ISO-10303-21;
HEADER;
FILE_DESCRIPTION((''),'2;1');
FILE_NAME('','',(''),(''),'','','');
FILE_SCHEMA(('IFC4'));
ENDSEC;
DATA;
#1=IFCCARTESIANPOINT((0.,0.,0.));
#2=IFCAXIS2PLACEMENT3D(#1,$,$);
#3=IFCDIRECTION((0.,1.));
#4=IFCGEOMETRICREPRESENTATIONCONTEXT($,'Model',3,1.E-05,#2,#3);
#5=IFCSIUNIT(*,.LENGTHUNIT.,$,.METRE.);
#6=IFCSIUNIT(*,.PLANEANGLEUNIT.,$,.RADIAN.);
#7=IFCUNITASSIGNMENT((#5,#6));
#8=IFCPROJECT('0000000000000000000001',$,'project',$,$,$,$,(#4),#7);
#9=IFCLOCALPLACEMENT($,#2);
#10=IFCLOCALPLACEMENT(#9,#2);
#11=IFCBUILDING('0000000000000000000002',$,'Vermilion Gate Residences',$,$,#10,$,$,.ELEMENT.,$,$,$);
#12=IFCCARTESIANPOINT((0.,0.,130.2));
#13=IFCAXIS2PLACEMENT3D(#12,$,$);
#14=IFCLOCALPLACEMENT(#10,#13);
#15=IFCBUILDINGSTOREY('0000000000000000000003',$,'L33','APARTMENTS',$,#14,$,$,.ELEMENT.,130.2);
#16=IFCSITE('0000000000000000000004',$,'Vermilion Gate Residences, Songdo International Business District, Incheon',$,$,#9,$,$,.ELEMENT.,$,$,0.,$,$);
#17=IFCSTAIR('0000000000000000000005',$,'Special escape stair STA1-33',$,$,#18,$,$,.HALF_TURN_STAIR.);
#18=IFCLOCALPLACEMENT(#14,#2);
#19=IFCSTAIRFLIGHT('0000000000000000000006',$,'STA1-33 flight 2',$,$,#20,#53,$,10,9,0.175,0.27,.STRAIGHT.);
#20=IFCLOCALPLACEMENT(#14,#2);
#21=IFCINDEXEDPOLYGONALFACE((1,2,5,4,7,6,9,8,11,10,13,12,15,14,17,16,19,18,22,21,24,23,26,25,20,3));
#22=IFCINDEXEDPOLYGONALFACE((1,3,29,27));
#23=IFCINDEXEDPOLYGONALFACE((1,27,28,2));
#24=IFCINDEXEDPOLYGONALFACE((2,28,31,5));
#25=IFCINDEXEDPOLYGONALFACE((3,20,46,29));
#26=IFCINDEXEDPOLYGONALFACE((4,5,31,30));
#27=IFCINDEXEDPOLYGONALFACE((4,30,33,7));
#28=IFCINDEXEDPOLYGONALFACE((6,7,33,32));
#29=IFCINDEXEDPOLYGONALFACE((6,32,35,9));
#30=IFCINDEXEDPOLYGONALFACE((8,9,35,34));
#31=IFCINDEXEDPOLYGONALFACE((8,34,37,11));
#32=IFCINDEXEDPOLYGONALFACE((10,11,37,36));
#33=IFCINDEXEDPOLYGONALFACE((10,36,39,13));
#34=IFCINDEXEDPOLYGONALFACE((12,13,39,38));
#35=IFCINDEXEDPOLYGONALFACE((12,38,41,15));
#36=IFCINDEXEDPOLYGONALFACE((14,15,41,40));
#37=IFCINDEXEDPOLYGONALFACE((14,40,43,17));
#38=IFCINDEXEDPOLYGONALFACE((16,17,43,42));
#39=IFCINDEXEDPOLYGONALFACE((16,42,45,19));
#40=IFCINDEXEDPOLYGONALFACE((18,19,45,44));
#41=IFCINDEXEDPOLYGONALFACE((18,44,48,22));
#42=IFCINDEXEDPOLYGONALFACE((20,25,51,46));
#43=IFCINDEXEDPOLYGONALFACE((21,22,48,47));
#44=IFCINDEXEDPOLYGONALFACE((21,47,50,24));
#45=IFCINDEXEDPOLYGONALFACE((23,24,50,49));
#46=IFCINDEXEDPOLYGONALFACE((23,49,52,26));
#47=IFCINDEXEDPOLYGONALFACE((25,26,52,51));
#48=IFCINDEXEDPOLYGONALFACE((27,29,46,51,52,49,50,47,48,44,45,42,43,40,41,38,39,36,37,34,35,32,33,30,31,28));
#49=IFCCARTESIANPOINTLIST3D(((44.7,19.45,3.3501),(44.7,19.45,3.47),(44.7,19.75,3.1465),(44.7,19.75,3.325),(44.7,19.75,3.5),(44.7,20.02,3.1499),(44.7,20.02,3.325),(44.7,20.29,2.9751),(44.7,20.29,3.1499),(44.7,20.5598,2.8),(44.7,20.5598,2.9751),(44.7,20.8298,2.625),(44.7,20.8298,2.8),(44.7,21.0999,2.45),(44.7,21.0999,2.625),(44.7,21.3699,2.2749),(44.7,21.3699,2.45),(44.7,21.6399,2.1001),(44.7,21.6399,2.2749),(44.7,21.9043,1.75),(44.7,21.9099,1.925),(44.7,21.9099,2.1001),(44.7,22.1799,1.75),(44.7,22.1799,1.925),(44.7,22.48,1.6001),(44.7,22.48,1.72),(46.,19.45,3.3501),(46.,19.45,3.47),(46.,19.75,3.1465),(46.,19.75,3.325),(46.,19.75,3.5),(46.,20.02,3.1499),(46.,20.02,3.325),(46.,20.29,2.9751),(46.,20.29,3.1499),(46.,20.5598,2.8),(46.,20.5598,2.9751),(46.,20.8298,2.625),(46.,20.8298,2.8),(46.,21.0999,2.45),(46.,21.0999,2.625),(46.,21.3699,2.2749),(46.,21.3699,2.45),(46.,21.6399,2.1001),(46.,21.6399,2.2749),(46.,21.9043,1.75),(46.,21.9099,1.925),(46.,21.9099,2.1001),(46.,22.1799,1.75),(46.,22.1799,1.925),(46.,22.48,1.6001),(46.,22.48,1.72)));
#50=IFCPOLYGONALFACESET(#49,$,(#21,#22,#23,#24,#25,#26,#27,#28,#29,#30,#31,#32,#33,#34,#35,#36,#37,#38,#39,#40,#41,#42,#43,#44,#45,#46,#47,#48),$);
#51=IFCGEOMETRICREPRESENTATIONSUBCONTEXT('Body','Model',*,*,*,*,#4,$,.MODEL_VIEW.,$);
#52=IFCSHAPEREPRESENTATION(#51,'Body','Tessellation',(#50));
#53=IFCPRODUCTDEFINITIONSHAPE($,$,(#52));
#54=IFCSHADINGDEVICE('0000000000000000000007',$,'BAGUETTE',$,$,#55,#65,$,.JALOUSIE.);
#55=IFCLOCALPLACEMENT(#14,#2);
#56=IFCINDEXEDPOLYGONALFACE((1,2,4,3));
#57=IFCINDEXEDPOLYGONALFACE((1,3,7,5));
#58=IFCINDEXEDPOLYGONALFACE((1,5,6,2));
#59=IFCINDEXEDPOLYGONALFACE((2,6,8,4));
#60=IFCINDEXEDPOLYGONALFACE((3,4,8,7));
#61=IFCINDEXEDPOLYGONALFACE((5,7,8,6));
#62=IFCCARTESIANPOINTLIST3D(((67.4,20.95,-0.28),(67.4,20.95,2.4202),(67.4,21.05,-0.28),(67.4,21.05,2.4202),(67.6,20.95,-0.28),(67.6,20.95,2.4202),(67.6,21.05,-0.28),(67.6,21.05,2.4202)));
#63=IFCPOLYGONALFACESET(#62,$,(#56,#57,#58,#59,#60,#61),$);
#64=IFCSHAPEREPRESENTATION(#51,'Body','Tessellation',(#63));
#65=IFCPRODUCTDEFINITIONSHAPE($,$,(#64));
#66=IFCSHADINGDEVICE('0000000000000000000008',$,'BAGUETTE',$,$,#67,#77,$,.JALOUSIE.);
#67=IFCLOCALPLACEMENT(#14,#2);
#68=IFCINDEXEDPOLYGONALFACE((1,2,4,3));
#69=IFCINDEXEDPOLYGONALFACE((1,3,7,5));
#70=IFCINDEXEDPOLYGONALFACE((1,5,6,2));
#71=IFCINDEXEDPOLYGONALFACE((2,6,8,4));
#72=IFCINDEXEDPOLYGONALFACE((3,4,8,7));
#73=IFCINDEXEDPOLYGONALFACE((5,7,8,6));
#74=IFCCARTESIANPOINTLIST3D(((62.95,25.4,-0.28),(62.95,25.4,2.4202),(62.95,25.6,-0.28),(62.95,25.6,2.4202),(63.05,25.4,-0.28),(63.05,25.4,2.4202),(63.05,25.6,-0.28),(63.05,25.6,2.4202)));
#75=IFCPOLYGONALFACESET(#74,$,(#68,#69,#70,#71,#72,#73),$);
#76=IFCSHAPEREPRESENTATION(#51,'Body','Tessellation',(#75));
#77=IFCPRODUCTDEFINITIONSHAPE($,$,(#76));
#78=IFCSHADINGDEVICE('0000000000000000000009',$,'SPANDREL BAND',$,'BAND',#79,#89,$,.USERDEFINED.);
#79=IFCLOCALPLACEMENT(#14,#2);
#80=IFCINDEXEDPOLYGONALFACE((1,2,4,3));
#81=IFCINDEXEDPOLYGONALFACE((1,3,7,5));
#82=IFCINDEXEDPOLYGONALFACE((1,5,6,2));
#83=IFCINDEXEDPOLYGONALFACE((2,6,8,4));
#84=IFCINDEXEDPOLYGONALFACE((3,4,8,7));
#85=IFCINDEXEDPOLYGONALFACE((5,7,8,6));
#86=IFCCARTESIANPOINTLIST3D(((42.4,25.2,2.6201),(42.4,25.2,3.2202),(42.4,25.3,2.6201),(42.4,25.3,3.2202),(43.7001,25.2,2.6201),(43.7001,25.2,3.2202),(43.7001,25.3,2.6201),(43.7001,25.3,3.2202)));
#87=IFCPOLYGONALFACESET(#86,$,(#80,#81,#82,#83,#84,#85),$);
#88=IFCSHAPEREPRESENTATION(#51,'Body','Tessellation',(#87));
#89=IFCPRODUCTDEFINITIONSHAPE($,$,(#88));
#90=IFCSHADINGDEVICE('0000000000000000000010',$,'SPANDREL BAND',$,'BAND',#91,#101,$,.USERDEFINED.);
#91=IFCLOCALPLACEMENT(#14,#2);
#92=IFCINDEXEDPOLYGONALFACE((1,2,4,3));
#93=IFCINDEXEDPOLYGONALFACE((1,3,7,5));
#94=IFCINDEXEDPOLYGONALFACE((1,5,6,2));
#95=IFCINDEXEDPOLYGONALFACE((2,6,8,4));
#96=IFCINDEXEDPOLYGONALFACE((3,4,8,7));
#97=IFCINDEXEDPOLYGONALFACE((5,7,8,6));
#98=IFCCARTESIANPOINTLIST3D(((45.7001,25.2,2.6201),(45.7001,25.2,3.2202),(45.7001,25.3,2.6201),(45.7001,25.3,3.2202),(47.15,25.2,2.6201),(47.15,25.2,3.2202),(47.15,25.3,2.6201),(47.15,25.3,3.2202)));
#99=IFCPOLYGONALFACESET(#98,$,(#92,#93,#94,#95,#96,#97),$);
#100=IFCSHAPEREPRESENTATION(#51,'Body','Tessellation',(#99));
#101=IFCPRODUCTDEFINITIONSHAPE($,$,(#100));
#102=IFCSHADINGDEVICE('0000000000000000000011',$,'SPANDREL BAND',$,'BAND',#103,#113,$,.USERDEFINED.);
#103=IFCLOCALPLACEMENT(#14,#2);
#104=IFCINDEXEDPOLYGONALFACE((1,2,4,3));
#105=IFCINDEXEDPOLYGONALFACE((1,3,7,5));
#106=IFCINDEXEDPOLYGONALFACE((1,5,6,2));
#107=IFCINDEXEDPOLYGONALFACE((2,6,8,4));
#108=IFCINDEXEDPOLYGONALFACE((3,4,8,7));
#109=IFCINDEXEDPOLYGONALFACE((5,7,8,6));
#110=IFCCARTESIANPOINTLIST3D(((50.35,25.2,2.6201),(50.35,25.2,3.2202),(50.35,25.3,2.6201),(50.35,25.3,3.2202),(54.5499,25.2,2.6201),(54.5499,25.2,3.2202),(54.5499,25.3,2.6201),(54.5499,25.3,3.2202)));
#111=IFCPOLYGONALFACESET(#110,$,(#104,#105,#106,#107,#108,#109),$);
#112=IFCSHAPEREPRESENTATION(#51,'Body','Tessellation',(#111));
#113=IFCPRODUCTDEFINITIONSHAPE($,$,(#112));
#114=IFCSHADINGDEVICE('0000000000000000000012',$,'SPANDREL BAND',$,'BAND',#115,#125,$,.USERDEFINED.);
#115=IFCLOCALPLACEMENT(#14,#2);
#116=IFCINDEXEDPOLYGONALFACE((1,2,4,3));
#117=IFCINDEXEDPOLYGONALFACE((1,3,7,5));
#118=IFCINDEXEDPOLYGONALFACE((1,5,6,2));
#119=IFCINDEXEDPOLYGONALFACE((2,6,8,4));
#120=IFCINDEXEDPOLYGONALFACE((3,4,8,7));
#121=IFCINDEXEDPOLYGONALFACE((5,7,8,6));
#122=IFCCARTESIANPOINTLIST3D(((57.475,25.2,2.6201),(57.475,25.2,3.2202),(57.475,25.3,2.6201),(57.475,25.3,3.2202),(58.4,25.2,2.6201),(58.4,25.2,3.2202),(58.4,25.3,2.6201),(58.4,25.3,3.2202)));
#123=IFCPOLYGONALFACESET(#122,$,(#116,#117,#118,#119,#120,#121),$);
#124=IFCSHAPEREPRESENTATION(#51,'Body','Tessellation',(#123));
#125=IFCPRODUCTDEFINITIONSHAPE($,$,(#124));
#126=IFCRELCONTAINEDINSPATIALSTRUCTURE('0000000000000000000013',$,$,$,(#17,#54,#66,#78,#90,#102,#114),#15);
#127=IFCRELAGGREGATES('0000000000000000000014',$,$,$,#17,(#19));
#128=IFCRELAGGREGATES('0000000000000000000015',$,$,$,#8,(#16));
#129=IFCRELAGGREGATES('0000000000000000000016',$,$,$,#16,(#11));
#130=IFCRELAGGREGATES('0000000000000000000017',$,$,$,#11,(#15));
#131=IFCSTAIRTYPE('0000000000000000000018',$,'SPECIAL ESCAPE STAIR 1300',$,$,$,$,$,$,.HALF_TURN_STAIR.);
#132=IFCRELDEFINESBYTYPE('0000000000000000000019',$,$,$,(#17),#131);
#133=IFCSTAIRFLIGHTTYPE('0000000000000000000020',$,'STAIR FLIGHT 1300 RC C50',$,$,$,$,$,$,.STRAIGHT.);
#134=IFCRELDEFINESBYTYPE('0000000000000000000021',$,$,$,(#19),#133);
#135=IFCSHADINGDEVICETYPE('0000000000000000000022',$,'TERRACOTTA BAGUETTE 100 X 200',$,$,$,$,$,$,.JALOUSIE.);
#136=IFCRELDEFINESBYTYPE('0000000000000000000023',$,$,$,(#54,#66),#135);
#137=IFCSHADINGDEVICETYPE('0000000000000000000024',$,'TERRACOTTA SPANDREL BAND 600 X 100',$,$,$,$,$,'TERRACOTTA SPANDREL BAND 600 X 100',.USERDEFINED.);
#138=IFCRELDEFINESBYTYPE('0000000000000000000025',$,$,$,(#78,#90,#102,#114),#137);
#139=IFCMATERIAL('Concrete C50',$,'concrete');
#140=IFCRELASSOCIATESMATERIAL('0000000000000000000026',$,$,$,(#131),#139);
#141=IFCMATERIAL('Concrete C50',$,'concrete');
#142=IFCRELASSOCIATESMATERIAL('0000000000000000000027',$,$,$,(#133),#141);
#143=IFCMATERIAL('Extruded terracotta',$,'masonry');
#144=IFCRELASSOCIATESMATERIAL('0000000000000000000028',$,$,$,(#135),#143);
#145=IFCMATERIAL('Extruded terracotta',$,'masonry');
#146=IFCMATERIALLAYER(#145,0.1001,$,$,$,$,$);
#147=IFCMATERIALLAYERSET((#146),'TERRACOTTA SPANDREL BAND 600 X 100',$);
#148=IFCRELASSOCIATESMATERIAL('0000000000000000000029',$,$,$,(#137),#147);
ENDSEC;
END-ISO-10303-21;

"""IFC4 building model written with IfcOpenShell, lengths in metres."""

from ifc_helpers import new_model, si_unit, direction, frame, origin, origin_2d, place, context, subcontext, project, spatial, polyline, rectangle, outline, extrude, material, layer, layer_set, material_profile, profile_set, type_object, element, aggregate, save


model = new_model("IFC4")

# Units and contexts
model_context = context("Model", 3, precision=1e-05, world=origin(), true_north=direction((0.0, 1.0)))
body_context = subcontext(model_context, "Body", "Model", "MODEL_VIEW")
ifc_project = project(units=[si_unit("LENGTHUNIT", "METRE"), si_unit("PLANEANGLEUNIT", "RADIAN")], contexts=[model_context])

# Site, building, storey
site_placement = place(None, origin())
site = spatial("IfcSite", under=ifc_project, at=site_placement, Name="Vermilion Gate Residences, Songdo International Business District, Incheon", CompositionType="ELEMENT", RefElevation=0.0)
building_placement = place(site_placement, origin())
building = spatial("IfcBuilding", under=site, at=building_placement, Name="Vermilion Gate Residences", CompositionType="ELEMENT")
storey_placement = place(building_placement, frame((0.0, 0.0, 130.2)))
storey = spatial("IfcBuildingStorey", under=building, at=storey_placement, Name="L33", Description="APARTMENTS", CompositionType="ELEMENT", Elevation=130.2)

# Stair, stair flight
ifc_material_1 = material(Name="Concrete C50", Category="concrete")
stair_type = type_object("IfcStairType", Name="SPECIAL ESCAPE STAIR 1300", PredefinedType="HALF_TURN_STAIR", material=ifc_material_1)
stair_placement = place(storey_placement, origin())
stair = element("IfcStair", 1, at=stair_placement, inside=storey, type_object=stair_type, Name="Special escape stair STA1-33", PredefinedType="HALF_TURN_STAIR")
ifc_material_2 = material(Name="Concrete C50", Category="concrete")
stair_flight_type = type_object("IfcStairFlightType", Name="STAIR FLIGHT 1300 RC C50", PredefinedType="STRAIGHT", material=ifc_material_2)
stair_flight_placement = place(storey_placement, frame((45.3501, 22.1799, 1.75), z_axis=(0.0, 0.0, 1.0), x_axis=(0.0, -1.0, 0.0)))
stair_flight = element("IfcStairFlight", 2, at=stair_flight_placement, type_object=stair_flight_type, Name="STA1-33 flight 2", NumberOfRisers=10, NumberOfTreads=9, PredefinedType="STRAIGHT", RiserHeight=0.175, TreadLength=0.27, context=body_context, shape_type="SweptSolid", body=[
    extrude(outline(polyline([(-0.3, -0.1499), (-0.3, -0.03), (0.0, 0.0), (0.0, 0.175), (0.27, 0.175), (0.27, 0.3501), (0.54, 0.3501), (0.54, 0.5249), (0.8101, 0.5249), (0.8101, 0.7), (1.0801, 0.7), (1.0801, 0.875), (1.3501, 0.875), (1.3501, 1.05), (1.6201, 1.05), (1.6201, 1.2251), (1.8899, 1.2251), (1.8899, 1.3999), (2.1599, 1.3999), (2.1599, 1.575), (2.4299, 1.575), (2.4299, 1.75), (2.73, 1.72), (2.73, 1.6001), (2.4299, 1.3965), (0.2756, 0.0), (-0.3, -0.1499)])), frame((0.0, 0.6499, 0.0), z_axis=(0.0, -1.0, 0.0), x_axis=(1.0, 0.0, 0.0)), (0.0, 0.0, 1.0), 1.3),
])
aggregate(stair, [stair_flight])

# Shading devices
ifc_material_3 = material(Name="Extruded terracotta", Category="masonry")
ifc_material_profile_1 = material_profile(ifc_material_3, rectangle(XDim=0.2, YDim=0.1001, at=origin_2d()), Name="BAGUETTE 100 X 200")
ifc_profile_set_1 = profile_set([ifc_material_profile_1], Name="Extruded terracotta")
shading_device_type_1 = type_object("IfcShadingDeviceType", Name="TERRACOTTA BAGUETTE 100 X 200", PredefinedType="JALOUSIE", material=ifc_profile_set_1)
for number, where, z_axis, x_axis, name in (
    (3, (67.5, 21.0, -0.28), (0.0, 0.0, 1.0), (-1.0, 0.0, 0.0), "BAGUETTE"),
    (4, (63.0, 25.5, -0.28), (0.0, 0.0, 1.0), (0.0, -1.0, 0.0), "BAGUETTE"),
):
    element("IfcShadingDevice", number, at=place(storey_placement, frame(where, z_axis=z_axis, x_axis=x_axis)), inside=storey, type_object=shading_device_type_1, Name=name, PredefinedType="JALOUSIE", context=body_context, shape_type="SweptSolid", body=[
        extrude(rectangle(XDim=0.2, YDim=0.1001, at=origin_2d()), origin(), (0.0, 0.0, 1.0), 2.7002),
    ])
ifc_material_4 = material(Name="Extruded terracotta", Category="masonry")
ifc_layer_1 = layer(ifc_material_4, 0.1001)
ifc_layer_set_1 = layer_set([ifc_layer_1], Name="TERRACOTTA SPANDREL BAND 600 X 100")
shading_device_type_2 = type_object("IfcShadingDeviceType", Name="TERRACOTTA SPANDREL BAND 600 X 100", ElementType="TERRACOTTA SPANDREL BAND 600 X 100", PredefinedType="USERDEFINED", material=ifc_layer_set_1)
shading_device_1_placement = place(storey_placement, frame((43.05, 25.25, 2.6201), z_axis=(0.0, 0.0, 1.0), x_axis=(1.0, 0.0, 0.0)))
element("IfcShadingDevice", 5, at=shading_device_1_placement, inside=storey, type_object=shading_device_type_2, Name="SPANDREL BAND", ObjectType="BAND", PredefinedType="USERDEFINED", context=body_context, shape_type="SweptSolid", body=[
    extrude(rectangle(XDim=1.3, YDim=0.1001, at=origin_2d()), origin(), (0.0, 0.0, 1.0), 0.6001),
])
shading_device_2_placement = place(storey_placement, frame((46.425, 25.25, 2.6201), z_axis=(0.0, 0.0, 1.0), x_axis=(1.0, 0.0, 0.0)))
element("IfcShadingDevice", 6, at=shading_device_2_placement, inside=storey, type_object=shading_device_type_2, Name="SPANDREL BAND", ObjectType="BAND", PredefinedType="USERDEFINED", context=body_context, shape_type="SweptSolid", body=[
    extrude(rectangle(XDim=1.45, YDim=0.1001, at=origin_2d()), origin(), (0.0, 0.0, 1.0), 0.6001),
])
shading_device_3_placement = place(storey_placement, frame((52.45, 25.25, 2.6201), z_axis=(0.0, 0.0, 1.0), x_axis=(1.0, 0.0, 0.0)))
element("IfcShadingDevice", 7, at=shading_device_3_placement, inside=storey, type_object=shading_device_type_2, Name="SPANDREL BAND", ObjectType="BAND", PredefinedType="USERDEFINED", context=body_context, shape_type="SweptSolid", body=[
    extrude(rectangle(XDim=4.2, YDim=0.1001, at=origin_2d()), origin(), (0.0, 0.0, 1.0), 0.6001),
])
shading_device_4_placement = place(storey_placement, frame((57.9375, 25.25, 2.6201), z_axis=(0.0, 0.0, 1.0), x_axis=(1.0, 0.0, 0.0)))
element("IfcShadingDevice", 8, at=shading_device_4_placement, inside=storey, type_object=shading_device_type_2, Name="SPANDREL BAND", ObjectType="BAND", PredefinedType="USERDEFINED", context=body_context, shape_type="SweptSolid", body=[
    extrude(rectangle(XDim=0.925, YDim=0.1001, at=origin_2d()), origin(), (0.0, 0.0, 1.0), 0.6001),
])

save(model, "model.ifc")
